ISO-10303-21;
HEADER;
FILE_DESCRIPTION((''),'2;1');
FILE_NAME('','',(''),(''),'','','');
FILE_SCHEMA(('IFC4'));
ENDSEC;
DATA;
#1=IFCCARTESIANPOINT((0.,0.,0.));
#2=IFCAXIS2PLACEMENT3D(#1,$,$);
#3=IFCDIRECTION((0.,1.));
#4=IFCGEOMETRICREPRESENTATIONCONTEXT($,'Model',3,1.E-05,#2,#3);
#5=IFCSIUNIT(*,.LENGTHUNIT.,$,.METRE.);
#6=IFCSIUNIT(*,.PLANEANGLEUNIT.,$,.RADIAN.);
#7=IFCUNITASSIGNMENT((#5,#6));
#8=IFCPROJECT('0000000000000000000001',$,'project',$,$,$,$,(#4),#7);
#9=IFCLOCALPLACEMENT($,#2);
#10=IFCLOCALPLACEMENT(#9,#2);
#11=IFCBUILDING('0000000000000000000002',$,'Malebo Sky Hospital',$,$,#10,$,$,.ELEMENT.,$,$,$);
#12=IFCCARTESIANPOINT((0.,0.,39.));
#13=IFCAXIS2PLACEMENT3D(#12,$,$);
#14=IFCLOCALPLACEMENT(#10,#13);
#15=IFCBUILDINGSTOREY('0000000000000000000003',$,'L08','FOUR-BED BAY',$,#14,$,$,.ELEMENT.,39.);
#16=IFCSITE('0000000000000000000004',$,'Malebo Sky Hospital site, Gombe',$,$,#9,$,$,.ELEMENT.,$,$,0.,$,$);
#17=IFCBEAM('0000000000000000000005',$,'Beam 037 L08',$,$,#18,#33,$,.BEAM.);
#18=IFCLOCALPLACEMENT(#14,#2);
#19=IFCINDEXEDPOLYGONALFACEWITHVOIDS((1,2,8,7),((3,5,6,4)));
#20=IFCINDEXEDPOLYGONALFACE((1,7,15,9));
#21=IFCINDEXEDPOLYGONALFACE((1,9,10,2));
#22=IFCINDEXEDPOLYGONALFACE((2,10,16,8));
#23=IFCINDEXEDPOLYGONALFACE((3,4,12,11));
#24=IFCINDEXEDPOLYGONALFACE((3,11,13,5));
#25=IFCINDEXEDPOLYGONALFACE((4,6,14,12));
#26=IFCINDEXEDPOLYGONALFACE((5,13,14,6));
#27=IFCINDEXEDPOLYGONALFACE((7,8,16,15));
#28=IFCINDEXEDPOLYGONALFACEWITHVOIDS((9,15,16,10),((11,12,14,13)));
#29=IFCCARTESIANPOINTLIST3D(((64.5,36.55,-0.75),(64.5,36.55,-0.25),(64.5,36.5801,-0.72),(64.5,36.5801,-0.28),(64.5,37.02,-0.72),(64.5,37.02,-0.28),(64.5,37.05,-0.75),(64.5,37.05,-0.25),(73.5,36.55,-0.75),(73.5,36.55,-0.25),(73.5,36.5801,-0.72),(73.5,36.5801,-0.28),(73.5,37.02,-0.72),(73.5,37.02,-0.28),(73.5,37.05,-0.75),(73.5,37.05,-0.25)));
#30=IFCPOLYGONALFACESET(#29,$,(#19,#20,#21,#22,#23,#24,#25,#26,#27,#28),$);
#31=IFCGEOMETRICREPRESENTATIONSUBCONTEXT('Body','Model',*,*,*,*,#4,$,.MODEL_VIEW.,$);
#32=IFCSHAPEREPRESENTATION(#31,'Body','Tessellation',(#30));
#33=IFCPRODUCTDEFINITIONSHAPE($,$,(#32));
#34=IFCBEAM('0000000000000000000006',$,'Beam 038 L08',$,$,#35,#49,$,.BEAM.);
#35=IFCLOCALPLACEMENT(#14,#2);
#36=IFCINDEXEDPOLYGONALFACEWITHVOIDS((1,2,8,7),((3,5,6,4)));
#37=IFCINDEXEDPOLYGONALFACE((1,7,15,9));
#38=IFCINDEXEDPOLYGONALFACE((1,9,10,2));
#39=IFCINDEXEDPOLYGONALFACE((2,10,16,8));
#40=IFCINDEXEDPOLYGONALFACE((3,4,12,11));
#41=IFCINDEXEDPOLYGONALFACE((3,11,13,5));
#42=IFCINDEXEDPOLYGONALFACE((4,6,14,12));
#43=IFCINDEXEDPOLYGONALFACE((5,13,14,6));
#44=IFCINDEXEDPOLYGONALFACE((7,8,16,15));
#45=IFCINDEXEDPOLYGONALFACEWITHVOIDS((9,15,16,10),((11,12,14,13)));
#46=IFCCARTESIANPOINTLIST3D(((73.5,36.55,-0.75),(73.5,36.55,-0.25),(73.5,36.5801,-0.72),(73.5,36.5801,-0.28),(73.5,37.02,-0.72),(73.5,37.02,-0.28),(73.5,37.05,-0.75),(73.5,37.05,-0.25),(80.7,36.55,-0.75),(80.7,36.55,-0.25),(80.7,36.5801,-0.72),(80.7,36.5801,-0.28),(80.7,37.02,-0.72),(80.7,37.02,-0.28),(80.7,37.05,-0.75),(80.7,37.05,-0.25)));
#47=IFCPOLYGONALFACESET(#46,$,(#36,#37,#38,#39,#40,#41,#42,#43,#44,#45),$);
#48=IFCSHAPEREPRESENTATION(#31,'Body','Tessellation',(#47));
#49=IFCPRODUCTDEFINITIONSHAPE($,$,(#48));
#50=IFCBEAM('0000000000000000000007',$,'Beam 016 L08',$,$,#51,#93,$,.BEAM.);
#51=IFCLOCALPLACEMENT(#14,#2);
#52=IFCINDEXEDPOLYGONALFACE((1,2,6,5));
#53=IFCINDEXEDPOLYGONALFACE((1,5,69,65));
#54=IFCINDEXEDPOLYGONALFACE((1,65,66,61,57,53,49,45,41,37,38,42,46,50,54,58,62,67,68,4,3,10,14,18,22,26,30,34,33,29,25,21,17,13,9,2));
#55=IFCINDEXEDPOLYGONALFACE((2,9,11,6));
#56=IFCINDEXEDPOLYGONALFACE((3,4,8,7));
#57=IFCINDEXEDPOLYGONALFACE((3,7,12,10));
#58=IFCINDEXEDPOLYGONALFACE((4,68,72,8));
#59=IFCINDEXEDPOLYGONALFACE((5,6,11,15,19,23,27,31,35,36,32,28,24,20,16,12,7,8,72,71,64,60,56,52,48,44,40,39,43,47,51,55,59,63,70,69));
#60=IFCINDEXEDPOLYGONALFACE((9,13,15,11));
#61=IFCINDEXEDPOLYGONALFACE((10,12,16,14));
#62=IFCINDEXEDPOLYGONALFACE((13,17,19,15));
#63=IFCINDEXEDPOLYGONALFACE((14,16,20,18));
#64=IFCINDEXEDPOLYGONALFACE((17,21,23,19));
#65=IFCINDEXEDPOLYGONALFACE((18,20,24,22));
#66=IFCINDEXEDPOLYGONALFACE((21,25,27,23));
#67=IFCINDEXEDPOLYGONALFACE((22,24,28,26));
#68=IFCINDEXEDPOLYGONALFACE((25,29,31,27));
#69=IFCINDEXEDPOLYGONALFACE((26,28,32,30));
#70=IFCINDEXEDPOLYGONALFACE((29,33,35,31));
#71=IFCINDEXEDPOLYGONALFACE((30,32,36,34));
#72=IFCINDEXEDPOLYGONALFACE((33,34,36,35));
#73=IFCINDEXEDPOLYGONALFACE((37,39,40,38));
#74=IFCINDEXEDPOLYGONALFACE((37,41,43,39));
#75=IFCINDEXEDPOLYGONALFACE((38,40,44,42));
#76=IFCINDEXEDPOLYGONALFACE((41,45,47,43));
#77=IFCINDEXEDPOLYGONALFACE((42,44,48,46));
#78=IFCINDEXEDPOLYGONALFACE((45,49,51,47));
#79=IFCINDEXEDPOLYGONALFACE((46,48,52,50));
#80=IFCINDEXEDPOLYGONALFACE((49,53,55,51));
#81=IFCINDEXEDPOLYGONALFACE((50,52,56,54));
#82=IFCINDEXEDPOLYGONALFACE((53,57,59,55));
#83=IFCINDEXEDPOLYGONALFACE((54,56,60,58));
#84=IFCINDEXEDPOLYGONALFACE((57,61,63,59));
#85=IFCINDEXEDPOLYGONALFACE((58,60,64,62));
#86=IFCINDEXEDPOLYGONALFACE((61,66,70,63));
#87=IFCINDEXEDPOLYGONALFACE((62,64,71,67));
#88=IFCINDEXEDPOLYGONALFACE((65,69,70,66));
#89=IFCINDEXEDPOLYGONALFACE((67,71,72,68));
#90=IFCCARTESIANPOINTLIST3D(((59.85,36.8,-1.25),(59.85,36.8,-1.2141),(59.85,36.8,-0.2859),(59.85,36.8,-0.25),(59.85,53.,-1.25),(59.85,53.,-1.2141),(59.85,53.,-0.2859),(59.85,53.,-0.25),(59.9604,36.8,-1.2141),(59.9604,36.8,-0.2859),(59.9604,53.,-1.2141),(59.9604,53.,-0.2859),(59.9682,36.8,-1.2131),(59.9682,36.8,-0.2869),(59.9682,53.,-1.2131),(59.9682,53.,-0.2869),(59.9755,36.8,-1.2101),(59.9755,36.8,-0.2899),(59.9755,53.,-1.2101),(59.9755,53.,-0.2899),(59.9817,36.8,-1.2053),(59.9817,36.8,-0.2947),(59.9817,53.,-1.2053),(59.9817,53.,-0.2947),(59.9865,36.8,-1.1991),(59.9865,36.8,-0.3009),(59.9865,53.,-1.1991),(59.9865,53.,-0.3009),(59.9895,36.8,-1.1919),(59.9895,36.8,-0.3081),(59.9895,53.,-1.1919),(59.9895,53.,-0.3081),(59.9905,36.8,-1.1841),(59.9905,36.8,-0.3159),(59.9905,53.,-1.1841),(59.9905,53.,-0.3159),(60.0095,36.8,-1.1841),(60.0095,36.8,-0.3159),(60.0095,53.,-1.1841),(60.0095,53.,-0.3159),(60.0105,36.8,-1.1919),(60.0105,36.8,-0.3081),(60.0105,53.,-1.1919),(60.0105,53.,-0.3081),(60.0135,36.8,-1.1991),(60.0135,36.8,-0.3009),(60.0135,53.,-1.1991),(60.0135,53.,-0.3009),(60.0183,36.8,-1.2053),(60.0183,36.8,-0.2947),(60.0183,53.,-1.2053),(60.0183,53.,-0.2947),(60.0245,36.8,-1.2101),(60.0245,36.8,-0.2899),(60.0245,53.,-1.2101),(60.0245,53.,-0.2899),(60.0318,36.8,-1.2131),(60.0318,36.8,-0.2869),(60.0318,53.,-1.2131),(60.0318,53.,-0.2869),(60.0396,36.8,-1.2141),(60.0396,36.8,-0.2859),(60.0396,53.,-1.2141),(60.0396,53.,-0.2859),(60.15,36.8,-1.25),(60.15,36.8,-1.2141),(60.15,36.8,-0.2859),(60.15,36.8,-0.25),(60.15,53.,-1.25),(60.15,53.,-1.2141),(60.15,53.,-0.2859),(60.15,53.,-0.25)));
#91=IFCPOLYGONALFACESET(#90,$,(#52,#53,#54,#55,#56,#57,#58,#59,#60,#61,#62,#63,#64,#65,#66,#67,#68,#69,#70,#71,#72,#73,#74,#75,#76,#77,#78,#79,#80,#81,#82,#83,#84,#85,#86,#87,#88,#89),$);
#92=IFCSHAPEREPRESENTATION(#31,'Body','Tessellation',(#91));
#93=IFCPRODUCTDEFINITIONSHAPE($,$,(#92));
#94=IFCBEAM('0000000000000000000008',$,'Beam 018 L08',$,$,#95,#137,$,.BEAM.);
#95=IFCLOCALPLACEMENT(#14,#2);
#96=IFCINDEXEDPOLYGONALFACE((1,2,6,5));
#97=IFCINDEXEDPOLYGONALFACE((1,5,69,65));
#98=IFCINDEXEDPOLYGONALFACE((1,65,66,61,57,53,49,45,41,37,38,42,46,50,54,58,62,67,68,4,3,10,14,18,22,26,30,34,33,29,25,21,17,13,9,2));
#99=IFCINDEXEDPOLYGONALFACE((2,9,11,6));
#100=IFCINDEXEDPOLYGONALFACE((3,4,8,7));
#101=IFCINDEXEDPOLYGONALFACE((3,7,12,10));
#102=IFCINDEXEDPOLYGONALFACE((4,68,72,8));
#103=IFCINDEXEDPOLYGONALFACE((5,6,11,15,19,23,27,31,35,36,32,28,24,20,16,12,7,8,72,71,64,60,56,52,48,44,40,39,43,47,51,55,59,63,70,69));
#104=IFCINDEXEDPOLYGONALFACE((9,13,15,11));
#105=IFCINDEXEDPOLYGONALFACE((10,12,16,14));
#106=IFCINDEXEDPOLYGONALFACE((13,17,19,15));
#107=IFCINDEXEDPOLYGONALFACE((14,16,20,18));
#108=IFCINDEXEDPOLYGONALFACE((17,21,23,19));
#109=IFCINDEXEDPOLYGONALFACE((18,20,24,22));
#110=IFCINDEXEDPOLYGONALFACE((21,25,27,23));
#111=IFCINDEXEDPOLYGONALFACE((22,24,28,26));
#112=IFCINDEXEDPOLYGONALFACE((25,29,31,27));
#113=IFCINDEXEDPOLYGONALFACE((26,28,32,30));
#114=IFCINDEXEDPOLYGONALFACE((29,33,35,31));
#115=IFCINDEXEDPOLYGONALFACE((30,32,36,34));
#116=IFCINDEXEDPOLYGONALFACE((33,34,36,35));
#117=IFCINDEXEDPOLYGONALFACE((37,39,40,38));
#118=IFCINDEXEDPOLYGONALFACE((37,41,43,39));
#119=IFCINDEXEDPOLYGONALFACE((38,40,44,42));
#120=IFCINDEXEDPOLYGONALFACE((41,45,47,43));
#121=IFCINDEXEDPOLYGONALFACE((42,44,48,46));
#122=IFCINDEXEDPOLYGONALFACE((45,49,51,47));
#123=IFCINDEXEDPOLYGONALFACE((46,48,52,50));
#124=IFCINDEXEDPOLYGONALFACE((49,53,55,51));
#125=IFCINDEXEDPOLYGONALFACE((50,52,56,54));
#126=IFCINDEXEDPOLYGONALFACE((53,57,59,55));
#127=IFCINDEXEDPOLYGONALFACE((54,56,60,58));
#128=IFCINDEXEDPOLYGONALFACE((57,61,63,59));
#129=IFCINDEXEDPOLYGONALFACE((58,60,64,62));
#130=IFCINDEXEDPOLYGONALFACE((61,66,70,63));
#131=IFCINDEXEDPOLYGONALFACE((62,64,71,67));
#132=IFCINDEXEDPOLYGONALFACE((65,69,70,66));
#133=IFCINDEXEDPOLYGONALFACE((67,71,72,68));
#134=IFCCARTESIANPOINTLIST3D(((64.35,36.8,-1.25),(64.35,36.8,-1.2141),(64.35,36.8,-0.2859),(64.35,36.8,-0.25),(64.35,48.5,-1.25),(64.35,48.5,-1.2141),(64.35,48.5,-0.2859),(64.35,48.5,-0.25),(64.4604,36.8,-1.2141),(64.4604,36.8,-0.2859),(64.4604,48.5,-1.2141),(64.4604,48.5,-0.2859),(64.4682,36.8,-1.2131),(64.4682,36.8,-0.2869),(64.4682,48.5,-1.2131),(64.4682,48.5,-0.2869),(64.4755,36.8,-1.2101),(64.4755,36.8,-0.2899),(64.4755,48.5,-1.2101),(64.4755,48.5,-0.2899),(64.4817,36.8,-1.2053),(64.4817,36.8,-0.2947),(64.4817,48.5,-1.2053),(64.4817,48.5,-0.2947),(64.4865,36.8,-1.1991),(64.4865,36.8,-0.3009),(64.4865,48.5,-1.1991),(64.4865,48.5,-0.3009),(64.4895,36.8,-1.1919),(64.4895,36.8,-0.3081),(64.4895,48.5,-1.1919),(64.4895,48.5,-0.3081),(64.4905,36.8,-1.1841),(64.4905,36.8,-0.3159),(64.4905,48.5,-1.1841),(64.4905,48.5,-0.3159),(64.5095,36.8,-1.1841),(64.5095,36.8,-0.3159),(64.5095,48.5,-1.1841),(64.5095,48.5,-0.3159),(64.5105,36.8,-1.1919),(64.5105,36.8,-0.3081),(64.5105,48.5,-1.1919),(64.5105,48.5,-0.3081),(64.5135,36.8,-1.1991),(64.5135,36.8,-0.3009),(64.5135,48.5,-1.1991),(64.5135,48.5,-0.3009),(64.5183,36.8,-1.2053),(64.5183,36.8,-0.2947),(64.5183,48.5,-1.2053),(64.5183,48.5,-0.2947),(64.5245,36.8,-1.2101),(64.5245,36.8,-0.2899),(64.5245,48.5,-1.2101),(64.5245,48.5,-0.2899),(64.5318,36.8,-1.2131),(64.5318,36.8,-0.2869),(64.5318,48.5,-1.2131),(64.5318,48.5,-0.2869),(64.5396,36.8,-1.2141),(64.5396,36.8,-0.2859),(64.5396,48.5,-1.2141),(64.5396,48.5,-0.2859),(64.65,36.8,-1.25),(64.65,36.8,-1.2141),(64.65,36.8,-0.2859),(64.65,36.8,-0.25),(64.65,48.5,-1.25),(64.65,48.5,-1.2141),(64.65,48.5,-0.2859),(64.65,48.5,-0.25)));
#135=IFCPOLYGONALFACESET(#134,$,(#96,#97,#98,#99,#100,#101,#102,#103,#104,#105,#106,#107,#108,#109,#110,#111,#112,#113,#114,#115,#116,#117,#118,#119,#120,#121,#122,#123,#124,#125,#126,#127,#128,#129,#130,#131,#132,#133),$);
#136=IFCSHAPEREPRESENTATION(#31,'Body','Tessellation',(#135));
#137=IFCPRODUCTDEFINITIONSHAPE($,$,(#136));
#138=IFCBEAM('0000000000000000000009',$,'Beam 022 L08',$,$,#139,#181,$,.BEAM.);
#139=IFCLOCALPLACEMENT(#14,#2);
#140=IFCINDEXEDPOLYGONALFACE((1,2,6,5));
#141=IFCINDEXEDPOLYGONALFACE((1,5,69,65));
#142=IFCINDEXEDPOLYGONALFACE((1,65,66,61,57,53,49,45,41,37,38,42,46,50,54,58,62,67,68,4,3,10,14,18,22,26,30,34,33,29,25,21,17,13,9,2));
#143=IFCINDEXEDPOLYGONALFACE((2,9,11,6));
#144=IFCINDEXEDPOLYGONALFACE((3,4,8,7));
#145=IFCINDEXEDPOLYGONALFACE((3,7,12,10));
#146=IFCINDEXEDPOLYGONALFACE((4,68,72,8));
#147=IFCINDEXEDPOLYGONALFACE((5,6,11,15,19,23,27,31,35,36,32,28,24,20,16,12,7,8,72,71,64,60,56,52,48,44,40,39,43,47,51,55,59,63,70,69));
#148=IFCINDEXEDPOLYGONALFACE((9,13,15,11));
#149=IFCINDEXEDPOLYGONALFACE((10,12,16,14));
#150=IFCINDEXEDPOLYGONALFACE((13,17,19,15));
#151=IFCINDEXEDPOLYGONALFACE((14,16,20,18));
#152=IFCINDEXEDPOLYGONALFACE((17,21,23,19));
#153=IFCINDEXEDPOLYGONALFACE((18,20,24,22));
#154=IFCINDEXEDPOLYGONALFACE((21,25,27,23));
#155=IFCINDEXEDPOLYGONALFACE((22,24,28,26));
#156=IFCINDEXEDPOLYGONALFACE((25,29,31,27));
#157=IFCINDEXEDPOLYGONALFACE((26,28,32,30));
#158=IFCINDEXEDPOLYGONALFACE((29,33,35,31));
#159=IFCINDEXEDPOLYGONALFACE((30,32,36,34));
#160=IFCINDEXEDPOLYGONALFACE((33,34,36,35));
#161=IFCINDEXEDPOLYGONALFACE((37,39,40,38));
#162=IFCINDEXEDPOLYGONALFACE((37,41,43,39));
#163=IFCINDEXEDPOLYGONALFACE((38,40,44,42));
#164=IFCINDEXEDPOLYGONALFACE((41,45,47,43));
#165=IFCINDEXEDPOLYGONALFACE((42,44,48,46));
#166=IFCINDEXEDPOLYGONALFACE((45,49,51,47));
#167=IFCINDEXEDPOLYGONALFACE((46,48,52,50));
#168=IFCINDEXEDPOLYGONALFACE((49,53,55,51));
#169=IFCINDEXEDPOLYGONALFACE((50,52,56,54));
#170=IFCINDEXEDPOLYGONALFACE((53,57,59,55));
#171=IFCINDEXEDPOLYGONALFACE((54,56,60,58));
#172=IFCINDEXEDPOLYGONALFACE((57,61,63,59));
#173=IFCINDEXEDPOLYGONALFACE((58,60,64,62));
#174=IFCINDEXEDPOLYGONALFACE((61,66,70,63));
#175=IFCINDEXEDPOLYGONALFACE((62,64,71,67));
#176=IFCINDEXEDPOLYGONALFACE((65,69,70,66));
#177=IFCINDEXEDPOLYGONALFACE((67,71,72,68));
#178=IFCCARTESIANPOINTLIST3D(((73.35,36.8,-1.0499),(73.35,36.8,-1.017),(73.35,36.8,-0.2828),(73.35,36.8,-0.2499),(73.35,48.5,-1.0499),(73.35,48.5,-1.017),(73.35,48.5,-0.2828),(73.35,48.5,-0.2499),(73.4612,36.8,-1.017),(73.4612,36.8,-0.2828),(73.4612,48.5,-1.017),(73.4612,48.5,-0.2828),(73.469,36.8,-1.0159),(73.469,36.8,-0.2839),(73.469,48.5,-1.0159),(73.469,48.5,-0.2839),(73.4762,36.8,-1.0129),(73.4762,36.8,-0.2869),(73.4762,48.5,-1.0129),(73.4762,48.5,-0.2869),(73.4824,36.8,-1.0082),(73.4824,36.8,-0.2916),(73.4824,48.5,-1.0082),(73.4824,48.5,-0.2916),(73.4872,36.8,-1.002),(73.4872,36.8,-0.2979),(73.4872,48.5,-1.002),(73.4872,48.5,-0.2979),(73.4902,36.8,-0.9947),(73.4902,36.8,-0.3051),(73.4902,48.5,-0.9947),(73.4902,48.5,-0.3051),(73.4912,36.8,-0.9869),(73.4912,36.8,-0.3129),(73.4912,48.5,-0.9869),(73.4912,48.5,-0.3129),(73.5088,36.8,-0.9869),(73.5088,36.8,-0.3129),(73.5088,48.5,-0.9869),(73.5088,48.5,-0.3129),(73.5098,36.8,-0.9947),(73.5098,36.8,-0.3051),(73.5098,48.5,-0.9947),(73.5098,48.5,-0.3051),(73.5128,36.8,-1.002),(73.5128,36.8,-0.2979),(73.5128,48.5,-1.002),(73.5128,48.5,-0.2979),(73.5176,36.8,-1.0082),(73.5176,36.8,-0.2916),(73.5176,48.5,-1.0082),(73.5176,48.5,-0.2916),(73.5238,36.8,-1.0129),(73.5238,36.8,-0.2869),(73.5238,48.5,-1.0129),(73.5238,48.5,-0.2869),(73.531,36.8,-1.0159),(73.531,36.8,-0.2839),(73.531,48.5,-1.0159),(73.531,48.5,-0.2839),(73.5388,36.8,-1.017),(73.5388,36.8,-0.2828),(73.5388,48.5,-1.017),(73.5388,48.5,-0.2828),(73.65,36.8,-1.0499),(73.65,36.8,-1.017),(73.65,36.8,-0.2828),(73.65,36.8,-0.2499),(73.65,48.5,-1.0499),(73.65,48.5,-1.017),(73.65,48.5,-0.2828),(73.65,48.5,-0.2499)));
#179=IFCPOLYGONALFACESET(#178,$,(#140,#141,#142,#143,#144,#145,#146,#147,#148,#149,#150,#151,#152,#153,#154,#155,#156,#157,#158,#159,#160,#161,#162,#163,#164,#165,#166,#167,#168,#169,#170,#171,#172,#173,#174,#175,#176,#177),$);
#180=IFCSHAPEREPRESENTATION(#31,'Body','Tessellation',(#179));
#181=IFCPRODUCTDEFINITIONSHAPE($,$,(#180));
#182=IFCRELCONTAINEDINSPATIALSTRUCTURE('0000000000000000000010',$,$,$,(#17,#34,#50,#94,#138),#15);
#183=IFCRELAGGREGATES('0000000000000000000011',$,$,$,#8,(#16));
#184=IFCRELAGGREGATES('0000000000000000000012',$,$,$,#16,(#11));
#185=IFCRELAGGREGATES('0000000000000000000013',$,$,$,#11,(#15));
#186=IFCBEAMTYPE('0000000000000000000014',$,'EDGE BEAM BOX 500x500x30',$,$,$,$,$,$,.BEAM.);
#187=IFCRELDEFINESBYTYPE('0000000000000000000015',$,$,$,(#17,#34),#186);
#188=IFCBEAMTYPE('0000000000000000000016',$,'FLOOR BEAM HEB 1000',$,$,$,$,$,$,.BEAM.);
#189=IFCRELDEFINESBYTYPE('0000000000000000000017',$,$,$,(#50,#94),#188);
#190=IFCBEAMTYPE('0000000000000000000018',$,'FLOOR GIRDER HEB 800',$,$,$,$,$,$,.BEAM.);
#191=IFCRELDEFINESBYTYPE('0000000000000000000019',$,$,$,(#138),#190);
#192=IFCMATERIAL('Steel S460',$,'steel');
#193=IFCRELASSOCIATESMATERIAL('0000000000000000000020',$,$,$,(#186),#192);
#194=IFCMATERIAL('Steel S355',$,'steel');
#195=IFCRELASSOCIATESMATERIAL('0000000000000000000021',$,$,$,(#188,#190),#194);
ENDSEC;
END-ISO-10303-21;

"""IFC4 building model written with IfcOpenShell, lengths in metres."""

from ifc_helpers import new_model, si_unit, direction, frame, origin, origin_2d, place, context, subcontext, project, spatial, hollow_rectangle, i_section, extrude, material, material_profile, profile_set, type_object, element, save


model = new_model("IFC4")

# Units and contexts
model_context = context("Model", 3, precision=1e-05, world=origin(), true_north=direction((0.0, 1.0)))
body_context = subcontext(model_context, "Body", "Model", "MODEL_VIEW")
ifc_project = project(units=[si_unit("LENGTHUNIT", "METRE"), si_unit("PLANEANGLEUNIT", "RADIAN")], contexts=[model_context])

# Site, building, storey
site_placement = place(None, origin())
site = spatial("IfcSite", under=ifc_project, at=site_placement, Name="Malebo Sky Hospital site, Gombe", CompositionType="ELEMENT", RefElevation=0.0)
building_placement = place(site_placement, origin())
building = spatial("IfcBuilding", under=site, at=building_placement, Name="Malebo Sky Hospital", CompositionType="ELEMENT")
storey_placement = place(building_placement, frame((0.0, 0.0, 39.0)))
storey = spatial("IfcBuildingStorey", under=building, at=storey_placement, Name="L08", Description="FOUR-BED BAY", CompositionType="ELEMENT", Elevation=39.0)

# Shared definitions
ifc_material_1 = material(Name="Steel S460", Category="steel")

# Shared definitions
ifc_material_2 = material(Name="Steel S355", Category="steel")

# Beams
ifc_material_profile_1 = material_profile(ifc_material_1, hollow_rectangle(XDim=0.5, YDim=0.5, WallThickness=0.03, at=origin_2d()), Name="BOX 500x500x30")
ifc_profile_set_1 = profile_set([ifc_material_profile_1], Name="Steel S460")
beam_type_1 = type_object("IfcBeamType", Name="EDGE BEAM BOX 500x500x30", PredefinedType="BEAM", material=ifc_profile_set_1)
beam_1_placement = place(storey_placement, frame((64.5, 36.8, -0.5), z_axis=(1.0, 0.0, 0.0), x_axis=(0.0, 1.0, 0.0)))
element("IfcBeam", 1, at=beam_1_placement, inside=storey, type_object=beam_type_1, Name="Beam 037 L08", PredefinedType="BEAM", context=body_context, shape_type="SweptSolid", body=[
    extrude(hollow_rectangle(XDim=0.5, YDim=0.5, WallThickness=0.03, at=origin_2d()), origin(), (0.0, 0.0, 1.0), 9.0),
])
beam_2_placement = place(storey_placement, frame((73.5, 36.8, -0.5), z_axis=(1.0, 0.0, 0.0), x_axis=(0.0, 1.0, 0.0)))
element("IfcBeam", 2, at=beam_2_placement, inside=storey, type_object=beam_type_1, Name="Beam 038 L08", PredefinedType="BEAM", context=body_context, shape_type="SweptSolid", body=[
    extrude(hollow_rectangle(XDim=0.5, YDim=0.5, WallThickness=0.03, at=origin_2d()), origin(), (0.0, 0.0, 1.0), 7.2),
])
ifc_material_profile_2 = material_profile(ifc_material_2, i_section(OverallWidth=0.3, OverallDepth=1.0, WebThickness=0.019, FlangeThickness=0.0359, FilletRadius=0.03, at=origin_2d()), Name="HEB 1000")
ifc_profile_set_2 = profile_set([ifc_material_profile_2], Name="Steel S355")
beam_type_2 = type_object("IfcBeamType", Name="FLOOR BEAM HEB 1000", PredefinedType="BEAM", material=ifc_profile_set_2)
beam_3_placement = place(storey_placement, frame((60.0, 36.8, -0.75), z_axis=(0.0, 1.0, 0.0), x_axis=(-1.0, 0.0, 0.0)))
element("IfcBeam", 3, at=beam_3_placement, inside=storey, type_object=beam_type_2, Name="Beam 016 L08", PredefinedType="BEAM", context=body_context, shape_type="SweptSolid", body=[
    extrude(i_section(OverallWidth=0.3, OverallDepth=1.0, WebThickness=0.019, FlangeThickness=0.0359, FilletRadius=0.03, at=origin_2d()), origin(), (0.0, 0.0, 1.0), 16.2),
])
beam_4_placement = place(storey_placement, frame((64.5, 36.8, -0.75), z_axis=(0.0, 1.0, 0.0), x_axis=(-1.0, 0.0, 0.0)))
element("IfcBeam", 4, at=beam_4_placement, inside=storey, type_object=beam_type_2, Name="Beam 018 L08", PredefinedType="BEAM", context=body_context, shape_type="SweptSolid", body=[
    extrude(i_section(OverallWidth=0.3, OverallDepth=1.0, WebThickness=0.019, FlangeThickness=0.0359, FilletRadius=0.03, at=origin_2d()), origin(), (0.0, 0.0, 1.0), 11.7),
])
ifc_material_profile_3 = material_profile(ifc_material_2, i_section(OverallWidth=0.3, OverallDepth=0.8, WebThickness=0.0176, FlangeThickness=0.033, FilletRadius=0.03, at=origin_2d()), Name="HEB 800")
ifc_profile_set_3 = profile_set([ifc_material_profile_3], Name="Steel S355")
beam_type_3 = type_object("IfcBeamType", Name="FLOOR GIRDER HEB 800", PredefinedType="BEAM", material=ifc_profile_set_3)
beam_5_placement = place(storey_placement, frame((73.5, 36.8, -0.6499), z_axis=(0.0, 1.0, 0.0), x_axis=(-1.0, 0.0, 0.0)))
element("IfcBeam", 5, at=beam_5_placement, inside=storey, type_object=beam_type_3, Name="Beam 022 L08", PredefinedType="BEAM", context=body_context, shape_type="SweptSolid", body=[
    extrude(i_section(OverallWidth=0.3, OverallDepth=0.8, WebThickness=0.0176, FlangeThickness=0.033, FilletRadius=0.03, at=origin_2d()), origin(), (0.0, 0.0, 1.0), 11.7),
])

save(model, "model.ifc")
